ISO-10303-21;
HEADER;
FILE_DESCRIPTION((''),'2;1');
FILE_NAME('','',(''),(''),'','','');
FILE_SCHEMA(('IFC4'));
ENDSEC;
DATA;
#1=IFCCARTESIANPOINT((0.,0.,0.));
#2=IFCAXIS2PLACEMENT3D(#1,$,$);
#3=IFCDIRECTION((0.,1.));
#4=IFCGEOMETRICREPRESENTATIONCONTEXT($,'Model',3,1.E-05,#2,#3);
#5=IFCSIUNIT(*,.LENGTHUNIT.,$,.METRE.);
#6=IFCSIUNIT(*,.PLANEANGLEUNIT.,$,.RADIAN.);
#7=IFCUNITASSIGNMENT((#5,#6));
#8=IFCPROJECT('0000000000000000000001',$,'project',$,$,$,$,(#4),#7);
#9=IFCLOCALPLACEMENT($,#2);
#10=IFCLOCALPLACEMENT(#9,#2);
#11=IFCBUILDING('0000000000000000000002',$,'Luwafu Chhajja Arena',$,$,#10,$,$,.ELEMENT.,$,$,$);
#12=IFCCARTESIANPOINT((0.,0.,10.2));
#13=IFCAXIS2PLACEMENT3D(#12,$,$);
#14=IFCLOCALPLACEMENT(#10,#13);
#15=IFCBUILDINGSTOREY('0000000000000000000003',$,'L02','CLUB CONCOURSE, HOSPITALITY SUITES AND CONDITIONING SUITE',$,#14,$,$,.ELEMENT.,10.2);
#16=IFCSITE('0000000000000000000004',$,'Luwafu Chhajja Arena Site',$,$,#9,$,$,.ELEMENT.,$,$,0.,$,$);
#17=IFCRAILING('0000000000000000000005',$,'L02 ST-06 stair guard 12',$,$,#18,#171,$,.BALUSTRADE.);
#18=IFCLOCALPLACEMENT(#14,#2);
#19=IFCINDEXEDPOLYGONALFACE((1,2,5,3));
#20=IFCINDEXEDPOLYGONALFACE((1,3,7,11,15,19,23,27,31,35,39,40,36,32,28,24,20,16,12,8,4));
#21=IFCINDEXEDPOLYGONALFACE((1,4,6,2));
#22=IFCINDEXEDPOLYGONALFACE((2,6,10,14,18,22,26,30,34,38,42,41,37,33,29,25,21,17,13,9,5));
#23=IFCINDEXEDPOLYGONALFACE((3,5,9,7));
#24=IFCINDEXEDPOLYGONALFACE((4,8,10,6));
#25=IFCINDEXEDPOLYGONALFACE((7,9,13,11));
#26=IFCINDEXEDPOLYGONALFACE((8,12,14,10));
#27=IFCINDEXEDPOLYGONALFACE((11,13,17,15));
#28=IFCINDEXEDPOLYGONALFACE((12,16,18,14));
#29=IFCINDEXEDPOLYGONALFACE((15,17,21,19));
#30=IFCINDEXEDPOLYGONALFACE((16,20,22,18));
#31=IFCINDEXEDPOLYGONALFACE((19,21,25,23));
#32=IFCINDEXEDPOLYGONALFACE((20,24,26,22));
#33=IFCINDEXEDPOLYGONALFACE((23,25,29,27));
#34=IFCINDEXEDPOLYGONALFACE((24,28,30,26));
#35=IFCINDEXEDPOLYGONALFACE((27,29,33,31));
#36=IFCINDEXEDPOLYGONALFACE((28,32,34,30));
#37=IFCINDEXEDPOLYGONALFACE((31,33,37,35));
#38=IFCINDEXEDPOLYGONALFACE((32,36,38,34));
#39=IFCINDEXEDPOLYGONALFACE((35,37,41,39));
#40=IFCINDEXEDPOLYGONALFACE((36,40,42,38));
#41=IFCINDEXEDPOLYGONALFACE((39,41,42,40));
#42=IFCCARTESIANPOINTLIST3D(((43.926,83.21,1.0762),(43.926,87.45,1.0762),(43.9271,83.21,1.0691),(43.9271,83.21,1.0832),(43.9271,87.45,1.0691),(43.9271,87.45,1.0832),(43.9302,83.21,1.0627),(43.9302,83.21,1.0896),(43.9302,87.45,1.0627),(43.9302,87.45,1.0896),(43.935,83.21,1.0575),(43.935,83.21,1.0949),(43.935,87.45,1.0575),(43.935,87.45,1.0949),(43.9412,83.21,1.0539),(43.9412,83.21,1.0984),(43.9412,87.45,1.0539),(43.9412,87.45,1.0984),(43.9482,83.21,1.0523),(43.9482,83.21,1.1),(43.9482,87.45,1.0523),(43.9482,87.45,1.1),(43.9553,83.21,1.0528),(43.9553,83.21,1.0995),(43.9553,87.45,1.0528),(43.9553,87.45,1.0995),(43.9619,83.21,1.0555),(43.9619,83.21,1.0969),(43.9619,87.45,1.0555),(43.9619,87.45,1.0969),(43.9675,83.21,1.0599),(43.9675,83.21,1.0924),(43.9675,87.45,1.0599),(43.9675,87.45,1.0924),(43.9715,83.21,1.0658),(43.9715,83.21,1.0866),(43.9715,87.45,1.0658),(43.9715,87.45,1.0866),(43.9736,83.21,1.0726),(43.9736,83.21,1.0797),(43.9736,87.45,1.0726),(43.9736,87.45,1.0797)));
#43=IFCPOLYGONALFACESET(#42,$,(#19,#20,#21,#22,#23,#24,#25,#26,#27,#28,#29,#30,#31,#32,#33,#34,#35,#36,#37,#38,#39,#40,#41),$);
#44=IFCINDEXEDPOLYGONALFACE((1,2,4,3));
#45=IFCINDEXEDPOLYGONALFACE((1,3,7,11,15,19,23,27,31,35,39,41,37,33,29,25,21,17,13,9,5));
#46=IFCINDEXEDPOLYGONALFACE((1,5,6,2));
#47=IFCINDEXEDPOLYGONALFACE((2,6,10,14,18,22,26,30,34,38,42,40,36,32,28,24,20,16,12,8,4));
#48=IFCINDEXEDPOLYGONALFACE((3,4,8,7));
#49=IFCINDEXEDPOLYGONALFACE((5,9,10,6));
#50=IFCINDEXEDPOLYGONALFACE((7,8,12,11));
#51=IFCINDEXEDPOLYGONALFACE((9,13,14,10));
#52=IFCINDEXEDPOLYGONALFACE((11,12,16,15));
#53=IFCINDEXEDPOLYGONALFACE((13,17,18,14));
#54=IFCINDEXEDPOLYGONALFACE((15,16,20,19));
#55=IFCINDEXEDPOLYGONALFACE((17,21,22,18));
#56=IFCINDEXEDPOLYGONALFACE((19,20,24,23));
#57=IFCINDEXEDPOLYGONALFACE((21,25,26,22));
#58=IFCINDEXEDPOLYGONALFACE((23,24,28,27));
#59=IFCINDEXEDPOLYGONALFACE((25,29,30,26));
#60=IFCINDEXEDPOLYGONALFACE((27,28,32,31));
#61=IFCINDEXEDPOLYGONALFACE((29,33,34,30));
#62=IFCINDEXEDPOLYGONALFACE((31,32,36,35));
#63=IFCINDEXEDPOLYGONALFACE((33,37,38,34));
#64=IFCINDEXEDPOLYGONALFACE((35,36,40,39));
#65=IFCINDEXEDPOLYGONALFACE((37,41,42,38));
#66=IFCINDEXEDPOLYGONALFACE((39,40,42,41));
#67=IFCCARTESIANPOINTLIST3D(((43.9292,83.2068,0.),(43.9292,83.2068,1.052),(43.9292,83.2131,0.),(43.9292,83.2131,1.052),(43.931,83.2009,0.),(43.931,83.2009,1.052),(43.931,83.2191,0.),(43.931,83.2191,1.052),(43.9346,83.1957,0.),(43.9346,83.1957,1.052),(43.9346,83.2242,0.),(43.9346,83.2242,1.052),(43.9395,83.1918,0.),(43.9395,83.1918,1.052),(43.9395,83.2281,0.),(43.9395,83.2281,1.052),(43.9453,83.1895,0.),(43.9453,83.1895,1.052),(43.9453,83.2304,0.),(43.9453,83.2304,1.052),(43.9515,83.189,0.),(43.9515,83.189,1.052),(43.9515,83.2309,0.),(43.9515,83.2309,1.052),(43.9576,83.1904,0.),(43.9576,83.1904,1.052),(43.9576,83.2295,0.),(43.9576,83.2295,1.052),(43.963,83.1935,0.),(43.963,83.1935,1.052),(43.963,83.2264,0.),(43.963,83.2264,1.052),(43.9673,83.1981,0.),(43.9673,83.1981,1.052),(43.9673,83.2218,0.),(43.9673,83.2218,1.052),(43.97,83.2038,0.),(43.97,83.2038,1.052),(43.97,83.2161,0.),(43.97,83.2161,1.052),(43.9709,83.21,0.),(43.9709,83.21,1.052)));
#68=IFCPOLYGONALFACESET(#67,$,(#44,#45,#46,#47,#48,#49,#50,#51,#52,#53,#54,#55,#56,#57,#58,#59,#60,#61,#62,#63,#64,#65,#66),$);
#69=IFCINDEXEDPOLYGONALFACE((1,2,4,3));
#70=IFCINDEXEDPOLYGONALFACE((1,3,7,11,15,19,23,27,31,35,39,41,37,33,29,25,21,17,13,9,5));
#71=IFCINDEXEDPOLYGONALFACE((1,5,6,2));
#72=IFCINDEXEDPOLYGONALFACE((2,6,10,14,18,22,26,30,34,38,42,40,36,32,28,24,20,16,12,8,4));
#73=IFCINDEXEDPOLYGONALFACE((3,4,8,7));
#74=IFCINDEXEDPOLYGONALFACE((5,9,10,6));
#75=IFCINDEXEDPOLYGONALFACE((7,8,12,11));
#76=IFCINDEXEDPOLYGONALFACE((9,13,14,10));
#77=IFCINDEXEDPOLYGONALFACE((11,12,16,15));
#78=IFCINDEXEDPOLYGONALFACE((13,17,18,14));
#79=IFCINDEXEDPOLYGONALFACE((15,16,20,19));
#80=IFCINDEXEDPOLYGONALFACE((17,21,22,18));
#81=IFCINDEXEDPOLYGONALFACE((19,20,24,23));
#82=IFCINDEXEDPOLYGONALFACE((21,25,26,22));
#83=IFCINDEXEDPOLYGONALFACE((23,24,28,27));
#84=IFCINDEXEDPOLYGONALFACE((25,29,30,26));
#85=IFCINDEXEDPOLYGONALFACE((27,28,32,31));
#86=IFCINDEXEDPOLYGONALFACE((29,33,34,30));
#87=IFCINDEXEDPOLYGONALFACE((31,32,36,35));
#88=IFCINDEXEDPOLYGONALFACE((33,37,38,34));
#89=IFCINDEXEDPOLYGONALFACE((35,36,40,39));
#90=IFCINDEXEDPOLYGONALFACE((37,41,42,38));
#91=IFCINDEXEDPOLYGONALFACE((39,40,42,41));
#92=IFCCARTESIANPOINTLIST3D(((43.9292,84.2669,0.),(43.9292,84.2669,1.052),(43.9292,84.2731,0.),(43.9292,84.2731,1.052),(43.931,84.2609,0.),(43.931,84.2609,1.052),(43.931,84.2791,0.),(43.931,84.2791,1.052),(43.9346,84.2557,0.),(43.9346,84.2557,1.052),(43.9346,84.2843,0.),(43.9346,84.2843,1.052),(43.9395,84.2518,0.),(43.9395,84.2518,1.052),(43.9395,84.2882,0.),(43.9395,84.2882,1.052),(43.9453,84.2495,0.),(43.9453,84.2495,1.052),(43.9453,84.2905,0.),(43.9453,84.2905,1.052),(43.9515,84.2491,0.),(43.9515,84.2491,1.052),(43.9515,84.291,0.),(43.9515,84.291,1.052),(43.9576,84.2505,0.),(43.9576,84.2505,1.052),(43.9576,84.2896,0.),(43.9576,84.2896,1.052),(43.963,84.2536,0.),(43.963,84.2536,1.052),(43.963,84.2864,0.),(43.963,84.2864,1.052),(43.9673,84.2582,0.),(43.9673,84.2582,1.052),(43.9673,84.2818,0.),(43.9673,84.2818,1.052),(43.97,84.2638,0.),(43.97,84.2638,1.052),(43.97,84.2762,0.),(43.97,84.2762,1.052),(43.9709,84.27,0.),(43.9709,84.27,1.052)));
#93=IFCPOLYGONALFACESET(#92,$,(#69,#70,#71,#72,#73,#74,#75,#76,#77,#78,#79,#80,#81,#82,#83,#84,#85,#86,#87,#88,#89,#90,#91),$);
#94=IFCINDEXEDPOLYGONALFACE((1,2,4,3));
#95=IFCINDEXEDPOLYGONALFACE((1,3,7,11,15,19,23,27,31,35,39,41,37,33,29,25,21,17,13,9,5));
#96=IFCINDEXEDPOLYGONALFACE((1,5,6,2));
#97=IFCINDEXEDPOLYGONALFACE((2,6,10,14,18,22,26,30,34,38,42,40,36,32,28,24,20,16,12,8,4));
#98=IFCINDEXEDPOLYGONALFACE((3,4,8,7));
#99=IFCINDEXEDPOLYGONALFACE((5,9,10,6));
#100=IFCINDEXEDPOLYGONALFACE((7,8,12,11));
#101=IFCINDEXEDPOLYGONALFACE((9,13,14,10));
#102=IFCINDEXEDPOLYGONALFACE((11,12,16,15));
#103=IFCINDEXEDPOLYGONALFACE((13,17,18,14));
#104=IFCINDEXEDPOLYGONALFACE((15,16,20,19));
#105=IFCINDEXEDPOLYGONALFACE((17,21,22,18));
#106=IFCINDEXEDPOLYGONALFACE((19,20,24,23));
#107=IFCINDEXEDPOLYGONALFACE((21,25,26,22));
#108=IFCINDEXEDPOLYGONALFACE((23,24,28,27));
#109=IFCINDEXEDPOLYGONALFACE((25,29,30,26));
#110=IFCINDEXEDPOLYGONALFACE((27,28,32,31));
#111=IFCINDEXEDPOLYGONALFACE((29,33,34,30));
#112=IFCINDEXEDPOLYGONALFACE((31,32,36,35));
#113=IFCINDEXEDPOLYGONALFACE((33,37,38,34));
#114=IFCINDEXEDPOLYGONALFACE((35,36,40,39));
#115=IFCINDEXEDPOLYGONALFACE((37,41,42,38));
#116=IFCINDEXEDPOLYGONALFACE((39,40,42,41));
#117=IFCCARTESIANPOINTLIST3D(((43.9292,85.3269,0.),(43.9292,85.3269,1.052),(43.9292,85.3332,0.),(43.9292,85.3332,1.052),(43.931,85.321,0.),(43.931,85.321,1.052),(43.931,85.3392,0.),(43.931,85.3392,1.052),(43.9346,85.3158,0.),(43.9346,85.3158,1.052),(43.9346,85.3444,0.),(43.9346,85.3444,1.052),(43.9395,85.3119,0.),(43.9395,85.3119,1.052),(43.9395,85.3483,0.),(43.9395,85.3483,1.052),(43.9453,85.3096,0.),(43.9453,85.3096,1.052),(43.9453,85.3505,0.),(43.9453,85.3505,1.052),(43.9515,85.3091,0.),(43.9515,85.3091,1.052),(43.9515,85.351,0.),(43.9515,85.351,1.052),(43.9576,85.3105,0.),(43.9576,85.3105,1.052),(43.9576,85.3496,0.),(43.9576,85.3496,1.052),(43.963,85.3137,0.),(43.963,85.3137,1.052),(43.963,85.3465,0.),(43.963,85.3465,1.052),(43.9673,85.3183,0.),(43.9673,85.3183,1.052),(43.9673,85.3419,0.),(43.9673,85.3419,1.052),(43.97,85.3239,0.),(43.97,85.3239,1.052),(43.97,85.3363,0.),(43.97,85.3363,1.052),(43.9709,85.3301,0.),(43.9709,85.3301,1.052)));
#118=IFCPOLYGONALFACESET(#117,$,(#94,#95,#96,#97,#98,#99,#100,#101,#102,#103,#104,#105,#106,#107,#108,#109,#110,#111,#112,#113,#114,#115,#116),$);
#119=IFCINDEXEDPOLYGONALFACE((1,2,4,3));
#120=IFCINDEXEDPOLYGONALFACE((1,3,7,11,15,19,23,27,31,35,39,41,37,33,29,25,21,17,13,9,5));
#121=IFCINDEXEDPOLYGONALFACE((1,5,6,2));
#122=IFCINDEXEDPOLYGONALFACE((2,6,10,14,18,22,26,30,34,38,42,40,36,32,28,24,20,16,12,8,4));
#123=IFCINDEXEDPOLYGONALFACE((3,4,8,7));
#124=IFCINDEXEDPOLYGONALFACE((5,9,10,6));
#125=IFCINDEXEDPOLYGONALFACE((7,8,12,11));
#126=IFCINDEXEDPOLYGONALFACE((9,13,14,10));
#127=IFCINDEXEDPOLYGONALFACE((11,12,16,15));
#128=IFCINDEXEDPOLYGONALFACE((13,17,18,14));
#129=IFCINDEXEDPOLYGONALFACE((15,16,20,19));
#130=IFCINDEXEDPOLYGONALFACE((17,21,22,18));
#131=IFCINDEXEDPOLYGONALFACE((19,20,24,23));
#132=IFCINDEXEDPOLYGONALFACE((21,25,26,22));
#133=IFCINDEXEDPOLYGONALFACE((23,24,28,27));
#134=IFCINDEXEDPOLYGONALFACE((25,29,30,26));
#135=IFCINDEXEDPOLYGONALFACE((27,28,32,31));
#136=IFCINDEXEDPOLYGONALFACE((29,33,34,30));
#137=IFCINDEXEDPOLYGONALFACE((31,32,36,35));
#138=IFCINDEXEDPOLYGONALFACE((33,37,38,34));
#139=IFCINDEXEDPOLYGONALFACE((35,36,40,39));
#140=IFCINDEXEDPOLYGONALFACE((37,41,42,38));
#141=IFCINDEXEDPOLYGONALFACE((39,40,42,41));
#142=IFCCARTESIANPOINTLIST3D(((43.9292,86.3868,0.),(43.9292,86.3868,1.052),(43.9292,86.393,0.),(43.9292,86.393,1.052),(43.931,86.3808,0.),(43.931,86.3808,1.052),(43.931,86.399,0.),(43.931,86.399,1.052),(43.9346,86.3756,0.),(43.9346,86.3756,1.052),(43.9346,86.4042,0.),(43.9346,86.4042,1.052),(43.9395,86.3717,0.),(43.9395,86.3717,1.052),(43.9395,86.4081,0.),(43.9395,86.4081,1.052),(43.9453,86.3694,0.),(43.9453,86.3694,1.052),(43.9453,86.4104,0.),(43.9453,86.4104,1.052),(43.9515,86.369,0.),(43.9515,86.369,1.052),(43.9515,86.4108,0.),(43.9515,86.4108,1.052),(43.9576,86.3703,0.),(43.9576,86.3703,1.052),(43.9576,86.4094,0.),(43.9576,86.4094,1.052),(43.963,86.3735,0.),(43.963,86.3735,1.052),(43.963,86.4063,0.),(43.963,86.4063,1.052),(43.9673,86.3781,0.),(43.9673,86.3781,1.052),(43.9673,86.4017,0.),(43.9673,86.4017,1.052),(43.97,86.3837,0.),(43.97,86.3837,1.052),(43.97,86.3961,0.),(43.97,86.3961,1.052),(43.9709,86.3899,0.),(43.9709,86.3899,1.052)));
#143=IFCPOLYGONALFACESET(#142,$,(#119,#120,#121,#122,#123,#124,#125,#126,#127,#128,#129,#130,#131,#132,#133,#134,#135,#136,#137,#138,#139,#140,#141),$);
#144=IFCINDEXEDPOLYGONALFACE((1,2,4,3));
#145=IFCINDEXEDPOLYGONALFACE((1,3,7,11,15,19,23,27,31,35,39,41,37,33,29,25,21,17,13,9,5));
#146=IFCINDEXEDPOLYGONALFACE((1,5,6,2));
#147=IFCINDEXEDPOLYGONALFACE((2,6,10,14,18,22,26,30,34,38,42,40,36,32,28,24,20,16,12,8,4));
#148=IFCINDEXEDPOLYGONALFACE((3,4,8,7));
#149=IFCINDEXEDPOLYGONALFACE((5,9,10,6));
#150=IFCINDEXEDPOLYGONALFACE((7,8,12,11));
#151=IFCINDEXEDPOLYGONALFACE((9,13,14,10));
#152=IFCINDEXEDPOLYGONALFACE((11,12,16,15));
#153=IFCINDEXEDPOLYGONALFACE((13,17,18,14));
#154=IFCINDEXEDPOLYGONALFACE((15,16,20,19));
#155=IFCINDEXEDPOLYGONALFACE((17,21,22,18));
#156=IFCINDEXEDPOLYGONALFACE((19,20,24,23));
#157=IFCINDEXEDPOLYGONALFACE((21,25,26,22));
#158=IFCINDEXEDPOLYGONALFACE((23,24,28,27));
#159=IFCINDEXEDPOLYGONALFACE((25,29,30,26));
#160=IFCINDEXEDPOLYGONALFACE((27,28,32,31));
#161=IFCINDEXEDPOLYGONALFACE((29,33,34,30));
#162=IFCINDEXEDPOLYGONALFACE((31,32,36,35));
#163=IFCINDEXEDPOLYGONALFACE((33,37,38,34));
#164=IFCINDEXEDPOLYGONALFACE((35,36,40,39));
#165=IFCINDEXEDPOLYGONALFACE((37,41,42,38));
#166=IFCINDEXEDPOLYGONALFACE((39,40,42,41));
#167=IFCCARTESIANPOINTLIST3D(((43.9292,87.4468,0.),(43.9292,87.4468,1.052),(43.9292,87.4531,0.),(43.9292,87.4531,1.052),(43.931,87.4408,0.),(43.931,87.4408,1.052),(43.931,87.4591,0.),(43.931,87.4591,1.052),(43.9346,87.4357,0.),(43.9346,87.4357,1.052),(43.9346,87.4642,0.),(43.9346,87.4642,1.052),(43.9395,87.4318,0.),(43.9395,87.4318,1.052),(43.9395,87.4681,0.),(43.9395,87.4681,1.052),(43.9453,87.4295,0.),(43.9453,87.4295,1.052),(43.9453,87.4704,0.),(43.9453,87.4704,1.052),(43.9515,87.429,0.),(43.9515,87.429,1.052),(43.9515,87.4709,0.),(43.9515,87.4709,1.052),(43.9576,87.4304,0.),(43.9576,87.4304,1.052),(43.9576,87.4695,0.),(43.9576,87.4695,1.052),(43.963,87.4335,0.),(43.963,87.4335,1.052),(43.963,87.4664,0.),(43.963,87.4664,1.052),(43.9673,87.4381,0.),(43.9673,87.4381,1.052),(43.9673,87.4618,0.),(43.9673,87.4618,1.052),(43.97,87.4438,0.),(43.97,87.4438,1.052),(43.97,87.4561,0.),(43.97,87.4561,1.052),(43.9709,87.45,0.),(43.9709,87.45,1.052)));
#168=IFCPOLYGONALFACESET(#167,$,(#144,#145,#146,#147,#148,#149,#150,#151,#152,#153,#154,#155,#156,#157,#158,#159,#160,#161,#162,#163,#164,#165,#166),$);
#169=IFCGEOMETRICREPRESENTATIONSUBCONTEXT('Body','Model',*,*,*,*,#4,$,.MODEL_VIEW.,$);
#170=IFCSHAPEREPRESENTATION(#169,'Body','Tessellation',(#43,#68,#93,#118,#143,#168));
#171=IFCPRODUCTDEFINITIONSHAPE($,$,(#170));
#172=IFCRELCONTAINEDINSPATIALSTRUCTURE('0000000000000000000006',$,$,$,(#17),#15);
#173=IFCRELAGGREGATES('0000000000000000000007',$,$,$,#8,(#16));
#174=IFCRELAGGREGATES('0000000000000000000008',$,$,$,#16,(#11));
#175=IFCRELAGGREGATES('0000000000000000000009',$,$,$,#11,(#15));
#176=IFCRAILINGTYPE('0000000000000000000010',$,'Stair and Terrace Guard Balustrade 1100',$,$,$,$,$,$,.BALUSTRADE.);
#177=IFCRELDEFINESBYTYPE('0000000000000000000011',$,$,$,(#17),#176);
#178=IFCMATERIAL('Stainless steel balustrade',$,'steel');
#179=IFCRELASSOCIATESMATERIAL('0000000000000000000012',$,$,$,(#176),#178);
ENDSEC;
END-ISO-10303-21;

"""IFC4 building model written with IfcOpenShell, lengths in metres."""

from ifc_helpers import new_model, si_unit, direction, frame, origin, origin_2d, place, context, subcontext, project, spatial, circle, extrude, material, type_object, element, save


model = new_model("IFC4")

# Units and contexts
model_context = context("Model", 3, precision=1e-05, world=origin(), true_north=direction((0.0, 1.0)))
body_context = subcontext(model_context, "Body", "Model", "MODEL_VIEW")
ifc_project = project(units=[si_unit("LENGTHUNIT", "METRE"), si_unit("PLANEANGLEUNIT", "RADIAN")], contexts=[model_context])

# Site, building, storey
site_placement = place(None, origin())
site = spatial("IfcSite", under=ifc_project, at=site_placement, Name="Luwafu Chhajja Arena Site", CompositionType="ELEMENT", RefElevation=0.0)
building_placement = place(site_placement, origin())
building = spatial("IfcBuilding", under=site, at=building_placement, Name="Luwafu Chhajja Arena", CompositionType="ELEMENT")
storey_placement = place(building_placement, frame((0.0, 0.0, 10.2)))
storey = spatial("IfcBuildingStorey", under=building, at=storey_placement, Name="L02", Description="CLUB CONCOURSE, HOSPITALITY SUITES AND CONDITIONING SUITE", CompositionType="ELEMENT", Elevation=10.2)

# Railing
ifc_material_1 = material(Name="Stainless steel balustrade", Category="steel")
railing_type_1 = type_object("IfcRailingType", Name="Stair and Terrace Guard Balustrade 1100", PredefinedType="BALUSTRADE", material=ifc_material_1)
railing_1_placement = place(storey_placement, frame((43.95, 83.21, 0.0)))
element("IfcRailing", 1, at=railing_1_placement, inside=storey, type_object=railing_type_1, Name="L02 ST-06 stair guard 12", PredefinedType="BALUSTRADE", context=body_context, shape_type="SweptSolid", body=[
    extrude(circle(Radius=0.0239, at=origin_2d()), frame((0.0, 0.0, 1.0762), z_axis=(0.0, 1.0, 0.0), x_axis=(-1.0, 0.0, 0.0)), (0.0, 0.0, 1.0), 4.24),
    extrude(circle(Radius=0.021, at=origin_2d()), origin(), (0.0, 0.0, 1.0), 1.052),
    extrude(circle(Radius=0.021, at=origin_2d()), frame((0.0, 1.0601, 0.0)), (0.0, 0.0, 1.0), 1.052),
    extrude(circle(Radius=0.021, at=origin_2d()), frame((0.0, 2.1201, 0.0)), (0.0, 0.0, 1.0), 1.052),
    extrude(circle(Radius=0.021, at=origin_2d()), frame((0.0, 3.1799, 0.0)), (0.0, 0.0, 1.0), 1.052),
    extrude(circle(Radius=0.021, at=origin_2d()), frame((0.0, 4.24, 0.0)), (0.0, 0.0, 1.0), 1.052),
])

save(model, "model.ifc")
